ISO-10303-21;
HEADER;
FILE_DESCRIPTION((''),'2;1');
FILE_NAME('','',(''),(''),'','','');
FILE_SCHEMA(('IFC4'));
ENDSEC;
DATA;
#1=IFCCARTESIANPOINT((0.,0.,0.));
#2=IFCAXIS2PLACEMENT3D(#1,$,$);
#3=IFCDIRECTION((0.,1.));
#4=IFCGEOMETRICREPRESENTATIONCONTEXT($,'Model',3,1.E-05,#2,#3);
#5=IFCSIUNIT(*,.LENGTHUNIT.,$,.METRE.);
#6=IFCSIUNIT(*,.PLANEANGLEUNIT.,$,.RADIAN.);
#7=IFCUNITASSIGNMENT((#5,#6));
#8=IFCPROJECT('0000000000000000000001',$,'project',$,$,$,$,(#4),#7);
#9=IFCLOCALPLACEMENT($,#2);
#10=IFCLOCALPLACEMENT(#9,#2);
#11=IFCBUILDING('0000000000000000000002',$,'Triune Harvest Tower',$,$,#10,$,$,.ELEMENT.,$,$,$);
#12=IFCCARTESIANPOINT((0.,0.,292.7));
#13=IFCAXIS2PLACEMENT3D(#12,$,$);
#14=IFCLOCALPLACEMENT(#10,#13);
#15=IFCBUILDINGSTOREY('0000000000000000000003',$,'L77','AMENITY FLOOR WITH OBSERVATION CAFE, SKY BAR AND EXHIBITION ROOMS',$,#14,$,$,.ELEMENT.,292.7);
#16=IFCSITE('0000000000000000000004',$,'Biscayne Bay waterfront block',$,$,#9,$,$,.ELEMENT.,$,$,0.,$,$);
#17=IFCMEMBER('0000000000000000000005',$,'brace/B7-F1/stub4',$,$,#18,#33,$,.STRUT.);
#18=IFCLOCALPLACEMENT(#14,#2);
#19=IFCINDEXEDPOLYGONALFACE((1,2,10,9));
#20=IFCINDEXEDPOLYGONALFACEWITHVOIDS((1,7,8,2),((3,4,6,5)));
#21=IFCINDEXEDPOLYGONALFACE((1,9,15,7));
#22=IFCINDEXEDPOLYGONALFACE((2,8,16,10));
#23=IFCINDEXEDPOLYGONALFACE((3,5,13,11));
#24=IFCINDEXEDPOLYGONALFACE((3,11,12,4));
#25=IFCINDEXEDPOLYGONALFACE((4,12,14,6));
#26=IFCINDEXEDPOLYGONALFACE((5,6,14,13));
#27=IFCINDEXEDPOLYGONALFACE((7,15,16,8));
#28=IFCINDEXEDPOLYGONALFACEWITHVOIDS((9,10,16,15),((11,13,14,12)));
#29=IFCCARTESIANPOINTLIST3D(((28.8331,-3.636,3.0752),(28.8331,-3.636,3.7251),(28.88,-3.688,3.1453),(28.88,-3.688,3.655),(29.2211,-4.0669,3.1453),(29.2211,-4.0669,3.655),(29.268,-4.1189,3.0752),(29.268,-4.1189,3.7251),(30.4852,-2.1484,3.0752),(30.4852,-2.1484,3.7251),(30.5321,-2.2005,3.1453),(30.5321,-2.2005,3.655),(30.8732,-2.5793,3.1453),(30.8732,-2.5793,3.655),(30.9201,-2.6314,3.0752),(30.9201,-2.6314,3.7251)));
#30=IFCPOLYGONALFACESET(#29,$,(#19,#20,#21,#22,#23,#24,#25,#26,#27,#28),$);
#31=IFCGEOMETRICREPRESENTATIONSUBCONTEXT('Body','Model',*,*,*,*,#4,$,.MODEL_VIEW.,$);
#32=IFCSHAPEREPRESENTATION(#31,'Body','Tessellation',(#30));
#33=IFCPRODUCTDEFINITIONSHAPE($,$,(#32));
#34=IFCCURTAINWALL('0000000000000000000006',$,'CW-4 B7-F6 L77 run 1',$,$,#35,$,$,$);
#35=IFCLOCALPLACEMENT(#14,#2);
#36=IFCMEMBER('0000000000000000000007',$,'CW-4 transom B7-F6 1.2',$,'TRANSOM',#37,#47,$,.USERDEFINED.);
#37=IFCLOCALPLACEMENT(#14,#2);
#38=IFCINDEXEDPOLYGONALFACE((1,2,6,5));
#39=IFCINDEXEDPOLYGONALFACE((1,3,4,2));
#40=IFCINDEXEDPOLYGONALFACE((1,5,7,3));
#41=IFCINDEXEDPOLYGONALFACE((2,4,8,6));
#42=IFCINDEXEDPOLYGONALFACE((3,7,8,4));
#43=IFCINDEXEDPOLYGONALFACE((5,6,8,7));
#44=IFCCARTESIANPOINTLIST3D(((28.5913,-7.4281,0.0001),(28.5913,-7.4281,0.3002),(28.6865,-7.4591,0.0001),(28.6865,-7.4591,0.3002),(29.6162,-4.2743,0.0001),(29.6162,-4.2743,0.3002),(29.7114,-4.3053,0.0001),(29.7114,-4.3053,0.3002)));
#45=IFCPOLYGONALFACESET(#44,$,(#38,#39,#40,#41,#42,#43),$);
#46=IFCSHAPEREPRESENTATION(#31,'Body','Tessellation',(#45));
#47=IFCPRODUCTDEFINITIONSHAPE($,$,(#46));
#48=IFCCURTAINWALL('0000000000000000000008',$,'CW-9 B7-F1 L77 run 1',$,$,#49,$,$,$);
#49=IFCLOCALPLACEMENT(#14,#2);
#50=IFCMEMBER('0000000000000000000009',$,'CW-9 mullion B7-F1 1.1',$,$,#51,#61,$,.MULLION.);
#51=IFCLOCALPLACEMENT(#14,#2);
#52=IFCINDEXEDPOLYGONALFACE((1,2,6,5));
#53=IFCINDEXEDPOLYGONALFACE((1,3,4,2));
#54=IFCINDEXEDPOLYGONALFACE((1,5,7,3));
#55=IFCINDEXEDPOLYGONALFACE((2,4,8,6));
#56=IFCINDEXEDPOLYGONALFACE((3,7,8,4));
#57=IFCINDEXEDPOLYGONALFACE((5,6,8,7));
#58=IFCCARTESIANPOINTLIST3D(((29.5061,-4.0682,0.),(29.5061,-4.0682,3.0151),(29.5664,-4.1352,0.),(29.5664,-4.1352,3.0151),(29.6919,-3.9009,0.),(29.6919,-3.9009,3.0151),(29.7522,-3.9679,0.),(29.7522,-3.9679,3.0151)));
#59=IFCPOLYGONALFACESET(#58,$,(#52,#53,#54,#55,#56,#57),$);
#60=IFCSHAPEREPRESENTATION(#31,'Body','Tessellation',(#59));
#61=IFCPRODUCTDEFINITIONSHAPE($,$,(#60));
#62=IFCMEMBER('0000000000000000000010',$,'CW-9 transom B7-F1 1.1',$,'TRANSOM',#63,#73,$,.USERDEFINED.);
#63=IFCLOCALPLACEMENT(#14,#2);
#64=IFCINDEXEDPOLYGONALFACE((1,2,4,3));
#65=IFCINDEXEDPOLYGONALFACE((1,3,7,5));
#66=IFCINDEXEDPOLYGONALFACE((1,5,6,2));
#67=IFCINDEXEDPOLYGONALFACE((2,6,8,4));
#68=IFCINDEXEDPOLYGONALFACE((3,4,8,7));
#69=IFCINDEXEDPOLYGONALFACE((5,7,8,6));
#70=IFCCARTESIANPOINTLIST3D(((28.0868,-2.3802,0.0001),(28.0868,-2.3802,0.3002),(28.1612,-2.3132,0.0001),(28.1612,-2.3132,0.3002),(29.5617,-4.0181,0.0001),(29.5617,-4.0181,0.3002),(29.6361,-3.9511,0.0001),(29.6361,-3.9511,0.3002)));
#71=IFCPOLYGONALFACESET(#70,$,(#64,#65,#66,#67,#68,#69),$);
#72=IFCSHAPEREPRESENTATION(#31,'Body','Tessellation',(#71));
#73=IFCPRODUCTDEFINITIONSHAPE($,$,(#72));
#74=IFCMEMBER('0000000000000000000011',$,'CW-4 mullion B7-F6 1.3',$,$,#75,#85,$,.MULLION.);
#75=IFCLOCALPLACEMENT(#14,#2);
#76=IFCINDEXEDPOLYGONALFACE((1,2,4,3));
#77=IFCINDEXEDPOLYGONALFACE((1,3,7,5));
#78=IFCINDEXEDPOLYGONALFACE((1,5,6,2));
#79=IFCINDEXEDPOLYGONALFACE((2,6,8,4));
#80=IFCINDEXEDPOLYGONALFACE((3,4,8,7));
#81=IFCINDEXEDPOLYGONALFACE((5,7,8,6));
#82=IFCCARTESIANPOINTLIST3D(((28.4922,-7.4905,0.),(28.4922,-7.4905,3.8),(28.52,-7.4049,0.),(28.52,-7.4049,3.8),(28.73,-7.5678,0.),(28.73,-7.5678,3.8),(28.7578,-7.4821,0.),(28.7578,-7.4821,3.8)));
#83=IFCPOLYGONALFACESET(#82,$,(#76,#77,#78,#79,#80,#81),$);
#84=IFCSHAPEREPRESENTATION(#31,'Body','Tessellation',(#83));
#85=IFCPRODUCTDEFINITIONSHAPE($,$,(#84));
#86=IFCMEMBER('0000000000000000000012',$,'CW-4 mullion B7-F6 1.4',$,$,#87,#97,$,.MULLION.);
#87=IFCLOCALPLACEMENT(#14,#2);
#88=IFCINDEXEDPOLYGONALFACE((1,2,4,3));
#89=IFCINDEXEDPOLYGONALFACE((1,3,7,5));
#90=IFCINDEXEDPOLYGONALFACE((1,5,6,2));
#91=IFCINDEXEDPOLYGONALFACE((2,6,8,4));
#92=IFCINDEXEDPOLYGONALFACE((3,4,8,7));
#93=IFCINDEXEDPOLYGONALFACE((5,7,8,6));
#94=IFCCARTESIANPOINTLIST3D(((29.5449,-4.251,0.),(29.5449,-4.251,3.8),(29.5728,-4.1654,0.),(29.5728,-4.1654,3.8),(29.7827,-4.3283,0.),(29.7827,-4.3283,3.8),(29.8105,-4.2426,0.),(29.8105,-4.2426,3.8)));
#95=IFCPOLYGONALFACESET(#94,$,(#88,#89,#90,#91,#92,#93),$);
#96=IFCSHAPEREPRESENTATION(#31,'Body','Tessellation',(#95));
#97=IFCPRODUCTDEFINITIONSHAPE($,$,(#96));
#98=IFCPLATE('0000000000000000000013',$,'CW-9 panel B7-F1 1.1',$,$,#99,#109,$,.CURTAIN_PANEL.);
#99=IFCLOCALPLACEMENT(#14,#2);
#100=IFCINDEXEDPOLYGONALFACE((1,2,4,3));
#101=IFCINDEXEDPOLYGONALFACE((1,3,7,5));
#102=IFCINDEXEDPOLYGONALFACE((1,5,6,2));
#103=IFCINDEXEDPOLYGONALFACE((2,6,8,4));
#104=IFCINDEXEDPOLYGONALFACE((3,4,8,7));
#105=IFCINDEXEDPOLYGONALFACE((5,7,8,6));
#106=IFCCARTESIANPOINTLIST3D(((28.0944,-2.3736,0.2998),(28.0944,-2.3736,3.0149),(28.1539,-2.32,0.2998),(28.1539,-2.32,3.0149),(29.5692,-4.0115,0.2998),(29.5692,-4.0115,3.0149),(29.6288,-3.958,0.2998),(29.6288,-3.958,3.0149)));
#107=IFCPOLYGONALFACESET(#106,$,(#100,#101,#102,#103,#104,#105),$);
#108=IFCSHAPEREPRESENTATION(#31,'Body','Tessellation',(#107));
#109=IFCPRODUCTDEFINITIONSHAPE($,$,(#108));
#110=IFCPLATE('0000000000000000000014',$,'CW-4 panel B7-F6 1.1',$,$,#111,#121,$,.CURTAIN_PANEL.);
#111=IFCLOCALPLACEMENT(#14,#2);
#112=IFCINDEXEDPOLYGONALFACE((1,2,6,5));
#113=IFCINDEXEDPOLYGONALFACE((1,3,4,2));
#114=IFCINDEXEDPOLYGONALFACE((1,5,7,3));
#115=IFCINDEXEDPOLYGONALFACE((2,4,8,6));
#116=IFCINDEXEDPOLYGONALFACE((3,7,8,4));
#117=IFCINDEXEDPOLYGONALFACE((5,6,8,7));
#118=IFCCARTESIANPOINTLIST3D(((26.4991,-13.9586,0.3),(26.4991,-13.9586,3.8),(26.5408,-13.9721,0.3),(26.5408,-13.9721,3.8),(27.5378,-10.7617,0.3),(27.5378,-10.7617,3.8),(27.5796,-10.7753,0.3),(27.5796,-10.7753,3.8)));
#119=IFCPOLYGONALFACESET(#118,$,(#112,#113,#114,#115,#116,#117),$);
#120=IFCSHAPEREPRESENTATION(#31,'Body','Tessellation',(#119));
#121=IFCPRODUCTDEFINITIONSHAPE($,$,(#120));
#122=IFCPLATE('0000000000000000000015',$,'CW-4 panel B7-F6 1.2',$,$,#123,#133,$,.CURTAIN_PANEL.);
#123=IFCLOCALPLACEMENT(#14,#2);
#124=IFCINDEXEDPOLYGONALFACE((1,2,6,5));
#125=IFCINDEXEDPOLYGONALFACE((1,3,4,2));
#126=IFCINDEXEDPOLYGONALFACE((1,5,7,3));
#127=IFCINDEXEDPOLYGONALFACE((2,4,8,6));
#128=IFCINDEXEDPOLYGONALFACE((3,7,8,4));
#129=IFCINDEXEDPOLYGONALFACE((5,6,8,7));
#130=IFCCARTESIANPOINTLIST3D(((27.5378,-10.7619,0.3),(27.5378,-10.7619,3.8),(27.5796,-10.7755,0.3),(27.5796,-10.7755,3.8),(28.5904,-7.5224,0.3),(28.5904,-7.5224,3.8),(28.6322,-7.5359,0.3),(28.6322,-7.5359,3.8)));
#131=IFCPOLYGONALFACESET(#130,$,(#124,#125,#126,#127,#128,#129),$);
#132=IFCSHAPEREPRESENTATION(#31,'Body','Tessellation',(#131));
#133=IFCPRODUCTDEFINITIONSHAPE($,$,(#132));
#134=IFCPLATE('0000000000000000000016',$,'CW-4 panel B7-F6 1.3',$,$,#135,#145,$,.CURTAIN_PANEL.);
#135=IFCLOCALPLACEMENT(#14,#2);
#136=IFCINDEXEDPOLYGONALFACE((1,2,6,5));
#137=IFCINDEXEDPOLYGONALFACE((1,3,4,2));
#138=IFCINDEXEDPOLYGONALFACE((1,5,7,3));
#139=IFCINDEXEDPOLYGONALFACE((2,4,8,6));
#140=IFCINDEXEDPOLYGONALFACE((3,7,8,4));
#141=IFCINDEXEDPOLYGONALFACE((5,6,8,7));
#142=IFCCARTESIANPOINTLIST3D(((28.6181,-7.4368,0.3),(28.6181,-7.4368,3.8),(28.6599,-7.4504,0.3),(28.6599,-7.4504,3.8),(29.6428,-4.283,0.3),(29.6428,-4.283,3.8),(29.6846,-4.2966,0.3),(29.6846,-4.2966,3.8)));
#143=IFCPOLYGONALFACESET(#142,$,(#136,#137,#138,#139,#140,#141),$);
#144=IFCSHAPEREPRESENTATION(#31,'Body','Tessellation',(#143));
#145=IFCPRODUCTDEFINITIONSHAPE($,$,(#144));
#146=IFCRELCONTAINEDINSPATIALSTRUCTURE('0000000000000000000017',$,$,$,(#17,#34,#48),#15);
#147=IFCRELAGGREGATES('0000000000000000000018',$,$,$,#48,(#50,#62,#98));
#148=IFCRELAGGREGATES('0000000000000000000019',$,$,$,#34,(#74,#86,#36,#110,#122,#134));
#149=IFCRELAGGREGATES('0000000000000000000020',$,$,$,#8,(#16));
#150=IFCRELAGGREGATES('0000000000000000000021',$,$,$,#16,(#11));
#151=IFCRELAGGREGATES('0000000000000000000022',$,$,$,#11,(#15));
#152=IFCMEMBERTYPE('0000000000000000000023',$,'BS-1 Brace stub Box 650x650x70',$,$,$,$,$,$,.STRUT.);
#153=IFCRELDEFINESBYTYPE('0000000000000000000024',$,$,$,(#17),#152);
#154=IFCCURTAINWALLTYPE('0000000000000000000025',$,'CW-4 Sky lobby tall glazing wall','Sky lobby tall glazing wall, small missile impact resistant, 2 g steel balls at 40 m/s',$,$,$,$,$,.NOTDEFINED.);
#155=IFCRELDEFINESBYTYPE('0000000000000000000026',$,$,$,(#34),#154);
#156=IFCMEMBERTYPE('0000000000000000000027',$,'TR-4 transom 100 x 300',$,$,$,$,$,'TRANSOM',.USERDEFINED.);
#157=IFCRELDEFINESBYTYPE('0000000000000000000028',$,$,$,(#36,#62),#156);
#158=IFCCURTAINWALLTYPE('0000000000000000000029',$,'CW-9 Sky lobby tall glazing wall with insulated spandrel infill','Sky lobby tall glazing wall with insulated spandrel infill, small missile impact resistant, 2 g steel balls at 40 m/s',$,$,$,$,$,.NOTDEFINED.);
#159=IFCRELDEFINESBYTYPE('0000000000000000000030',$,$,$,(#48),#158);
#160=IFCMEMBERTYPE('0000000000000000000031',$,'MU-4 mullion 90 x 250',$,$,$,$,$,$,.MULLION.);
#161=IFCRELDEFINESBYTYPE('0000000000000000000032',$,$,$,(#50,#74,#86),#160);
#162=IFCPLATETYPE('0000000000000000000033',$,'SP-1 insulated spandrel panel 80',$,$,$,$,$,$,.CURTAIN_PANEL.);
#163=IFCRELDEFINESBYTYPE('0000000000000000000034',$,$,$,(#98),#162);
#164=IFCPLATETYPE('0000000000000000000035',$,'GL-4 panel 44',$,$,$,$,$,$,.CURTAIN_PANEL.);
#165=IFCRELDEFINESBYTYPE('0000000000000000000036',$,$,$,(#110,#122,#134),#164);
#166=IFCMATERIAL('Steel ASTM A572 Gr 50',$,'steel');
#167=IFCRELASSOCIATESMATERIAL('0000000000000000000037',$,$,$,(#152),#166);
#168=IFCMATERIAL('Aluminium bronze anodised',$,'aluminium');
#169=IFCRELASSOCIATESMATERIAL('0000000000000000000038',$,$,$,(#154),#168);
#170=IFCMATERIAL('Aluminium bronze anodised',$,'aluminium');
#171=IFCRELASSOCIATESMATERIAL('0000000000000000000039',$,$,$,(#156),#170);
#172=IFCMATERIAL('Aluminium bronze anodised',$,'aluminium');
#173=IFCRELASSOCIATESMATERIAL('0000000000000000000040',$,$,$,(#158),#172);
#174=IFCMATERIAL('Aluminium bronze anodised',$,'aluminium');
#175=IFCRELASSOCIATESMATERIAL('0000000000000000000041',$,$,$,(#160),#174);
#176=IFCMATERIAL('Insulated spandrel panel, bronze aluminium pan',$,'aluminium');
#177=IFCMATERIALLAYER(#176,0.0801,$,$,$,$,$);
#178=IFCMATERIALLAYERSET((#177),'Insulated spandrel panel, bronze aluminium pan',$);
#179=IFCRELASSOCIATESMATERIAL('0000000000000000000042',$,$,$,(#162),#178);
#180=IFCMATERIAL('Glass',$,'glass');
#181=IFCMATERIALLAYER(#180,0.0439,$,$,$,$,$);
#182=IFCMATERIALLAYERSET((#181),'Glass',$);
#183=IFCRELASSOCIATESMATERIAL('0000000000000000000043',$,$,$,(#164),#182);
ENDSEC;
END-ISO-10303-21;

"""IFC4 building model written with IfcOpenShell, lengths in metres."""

from ifc_helpers import new_model, si_unit, direction, frame, origin, origin_2d, place, context, subcontext, project, spatial, rectangle, hollow_rectangle, extrude, source, transform, mapped, material, layer, layer_set, material_profile, profile_set, type_object, element, aggregate, save


model = new_model("IFC4")

# Units and contexts
model_context = context("Model", 3, precision=1e-05, world=origin(), true_north=direction((0.0, 1.0)))
body_context = subcontext(model_context, "Body", "Model", "MODEL_VIEW")
ifc_project = project(units=[si_unit("LENGTHUNIT", "METRE"), si_unit("PLANEANGLEUNIT", "RADIAN")], contexts=[model_context])

# Site, building, storey
site_placement = place(None, origin())
site = spatial("IfcSite", under=ifc_project, at=site_placement, Name="Biscayne Bay waterfront block", CompositionType="ELEMENT", RefElevation=0.0)
building_placement = place(site_placement, origin())
building = spatial("IfcBuilding", under=site, at=building_placement, Name="Triune Harvest Tower", CompositionType="ELEMENT")
storey_placement = place(building_placement, frame((0.0, 0.0, 292.7)))
storey = spatial("IfcBuildingStorey", under=building, at=storey_placement, Name="L77", Description="AMENITY FLOOR WITH OBSERVATION CAFE, SKY BAR AND EXHIBITION ROOMS", CompositionType="ELEMENT", Elevation=292.7)

# Member
ifc_material_1 = material(Name="Steel ASTM A572 Gr 50", Category="steel")
ifc_material_profile_1 = material_profile(ifc_material_1, hollow_rectangle(XDim=0.6499, YDim=0.6499, WallThickness=0.0701, at=origin_2d()), Name="Box 650x650x70")
ifc_profile_set_1 = profile_set([ifc_material_profile_1], Name="Steel ASTM A572 Gr 50")
member_type_1 = type_object("IfcMemberType", Name="BS-1 Brace stub Box 650x650x70", PredefinedType="STRUT", material=ifc_profile_set_1)
shared_shape_1 = source(origin(), body_context, "Body", "SweptSolid", [
    extrude(hollow_rectangle(XDim=0.6499, YDim=0.6499, WallThickness=0.0701, at=origin_2d()), origin(), (0.0, 0.0, 1.0), 2.2231),
])
member_1_placement = place(storey_placement, frame((29.0505, -3.8774, 3.4001), z_axis=(0.743147, 0.669129, 0.0), x_axis=(-0.669129, 0.743147, 0.0)))
element("IfcMember", 1, at=member_1_placement, inside=storey, type_object=member_type_1, Name="brace/B7-F1/stub4", PredefinedType="STRUT", context=body_context, shape_type="MappedRepresentation", body=[
    mapped(shared_shape_1, transform((0.0, 0.0, 0.0), scale=1.0)),
])

# Curtain wall, member
ifc_material_2 = material(Name="Aluminium bronze anodised", Category="aluminium")
curtain_wall_type_1 = type_object("IfcCurtainWallType", Name="CW-4 Sky lobby tall glazing wall", Description="Sky lobby tall glazing wall, small missile impact resistant, 2 g steel balls at 40 m/s", PredefinedType="NOTDEFINED", material=ifc_material_2)
curtain_wall_1_placement = place(storey_placement, origin())
curtain_wall_1 = element("IfcCurtainWall", 2, at=curtain_wall_1_placement, inside=storey, type_object=curtain_wall_type_1, Name="CW-4 B7-F6 L77 run 1")
ifc_material_3 = material(Name="Aluminium bronze anodised", Category="aluminium")
ifc_material_profile_2 = material_profile(ifc_material_3, rectangle(XDim=0.1001, YDim=0.3, at=origin_2d()), Name="TR-4 transom 100 x 300")
ifc_profile_set_2 = profile_set([ifc_material_profile_2], Name="Aluminium bronze anodised")
member_type_2 = type_object("IfcMemberType", Name="TR-4 transom 100 x 300", ElementType="TRANSOM", PredefinedType="USERDEFINED", material=ifc_profile_set_2)
shared_shape_2 = source(origin(), body_context, "Body", "SweptSolid", [
    extrude(rectangle(XDim=0.1001, YDim=0.3, at=origin_2d()), origin(), (0.0, 0.0, 1.0), 3.3162),
])
member_2_placement = place(storey_placement, frame((28.6389, -7.4436, 0.1501), z_axis=(0.309063, 0.951042, 0.0), x_axis=(-0.951042, 0.309063, 0.0)))
member_2 = element("IfcMember", 3, at=member_2_placement, type_object=member_type_2, Name="CW-4 transom B7-F6 1.2", ObjectType="TRANSOM", PredefinedType="USERDEFINED", context=body_context, shape_type="MappedRepresentation", body=[
    mapped(shared_shape_2, transform((0.0, 0.0, 0.0), scale=1.0)),
])

# Curtain wall, members
ifc_material_4 = material(Name="Aluminium bronze anodised", Category="aluminium")
curtain_wall_type_2 = type_object("IfcCurtainWallType", Name="CW-9 Sky lobby tall glazing wall with insulated spandrel infill", Description="Sky lobby tall glazing wall with insulated spandrel infill, small missile impact resistant, 2 g steel balls at 40 m/s", PredefinedType="NOTDEFINED", material=ifc_material_4)
curtain_wall_2_placement = place(storey_placement, origin())
curtain_wall_2 = element("IfcCurtainWall", 4, at=curtain_wall_2_placement, inside=storey, type_object=curtain_wall_type_2, Name="CW-9 B7-F1 L77 run 1")
ifc_material_5 = material(Name="Aluminium bronze anodised", Category="aluminium")
ifc_material_profile_3 = material_profile(ifc_material_5, rectangle(XDim=0.25, YDim=0.0901, at=origin_2d()), Name="MU-4 mullion 90 x 250")
ifc_profile_set_3 = profile_set([ifc_material_profile_3], Name="Aluminium bronze anodised")
member_type_3 = type_object("IfcMemberType", Name="MU-4 mullion 90 x 250", PredefinedType="MULLION", material=ifc_profile_set_3)
shared_shape_3 = source(origin(), body_context, "Body", "SweptSolid", [
    extrude(rectangle(XDim=0.25, YDim=0.0901, at=origin_2d()), origin(), (0.0, 0.0, 1.0), 3.0151),
])
member_3_placement = place(storey_placement, frame((29.6292, -4.0181, 0.0), z_axis=(0.0, 0.0, 1.0), x_axis=(-0.743134, -0.669143, 0.0)))
member_3 = element("IfcMember", 5, at=member_3_placement, type_object=member_type_3, Name="CW-9 mullion B7-F1 1.1", PredefinedType="MULLION", context=body_context, shape_type="MappedRepresentation", body=[
    mapped(shared_shape_3, transform((0.0, 0.0, 0.0), scale=1.0)),
])
shared_shape_4 = source(origin(), body_context, "Body", "SweptSolid", [
    extrude(rectangle(XDim=0.1001, YDim=0.3, at=origin_2d()), origin(), (0.0, 0.0, 1.0), 2.2041),
])
member_4_placement = place(storey_placement, frame((29.5989, -3.9846, 0.1501), z_axis=(-0.669142, 0.743134, 0.0), x_axis=(-0.743134, -0.669142, 0.0)))
member_4 = element("IfcMember", 6, at=member_4_placement, type_object=member_type_2, Name="CW-9 transom B7-F1 1.1", ObjectType="TRANSOM", PredefinedType="USERDEFINED", context=body_context, shape_type="MappedRepresentation", body=[
    mapped(shared_shape_4, transform((0.0, 0.0, 0.0), scale=1.0)),
])

# Members
shared_shape_5 = source(origin(), body_context, "Body", "SweptSolid", [
    extrude(rectangle(XDim=0.25, YDim=0.0901, at=origin_2d()), origin(), (0.0, 0.0, 1.0), 3.8),
])
member_5_placement = place(storey_placement, frame((28.625, -7.4863, 0.0), z_axis=(0.0, 0.0, 1.0), x_axis=(-0.951056, 0.309019, 0.0)))
member_5 = element("IfcMember", 7, at=member_5_placement, type_object=member_type_3, Name="CW-4 mullion B7-F6 1.3", PredefinedType="MULLION", context=body_context, shape_type="MappedRepresentation", body=[
    mapped(shared_shape_5, transform((0.0, 0.0, 0.0), scale=1.0)),
])
member_6_placement = place(storey_placement, frame((29.6777, -4.2468, 0.0), z_axis=(0.0, 0.0, 1.0), x_axis=(-0.951056, 0.309019, 0.0)))
member_6 = element("IfcMember", 8, at=member_6_placement, type_object=member_type_3, Name="CW-4 mullion B7-F6 1.4", PredefinedType="MULLION", context=body_context, shape_type="MappedRepresentation", body=[
    mapped(shared_shape_5, transform((0.0, 0.0, 0.0), scale=1.0)),
])

# Plates
ifc_material_6 = material(Name="Insulated spandrel panel, bronze aluminium pan", Category="aluminium")
ifc_layer_1 = layer(ifc_material_6, 0.0801)
ifc_layer_set_1 = layer_set([ifc_layer_1], Name="Insulated spandrel panel, bronze aluminium pan")
plate_type_1 = type_object("IfcPlateType", Name="SP-1 insulated spandrel panel 80", PredefinedType="CURTAIN_PANEL", material=ifc_layer_set_1)
shared_shape_6 = source(origin(), body_context, "Body", "SweptSolid", [
    extrude(rectangle(XDim=2.2041, YDim=0.0801, at=origin_2d()), origin(), (0.0, 0.0, 1.0), 2.7151),
])
plate_1_placement = place(storey_placement, frame((28.8616, -3.1658, 0.2998), z_axis=(0.0, 0.0, 1.0), x_axis=(-0.669143, 0.743134, 0.0)))
plate_1 = element("IfcPlate", 9, at=plate_1_placement, type_object=plate_type_1, Name="CW-9 panel B7-F1 1.1", PredefinedType="CURTAIN_PANEL", context=body_context, shape_type="MappedRepresentation", body=[
    mapped(shared_shape_6, transform((0.0, 0.0, 0.0), scale=1.0)),
])
aggregate(curtain_wall_2, [member_3, member_4, plate_1])
ifc_material_7 = material(Name="Glass", Category="glass")
ifc_layer_2 = layer(ifc_material_7, 0.0439)
ifc_layer_set_2 = layer_set([ifc_layer_2], Name="Glass")
plate_type_2 = type_object("IfcPlateType", Name="GL-4 panel 44", PredefinedType="CURTAIN_PANEL", material=ifc_layer_set_2)
shared_shape_7 = source(origin(), body_context, "Body", "SweptSolid", [
    extrude(rectangle(XDim=3.3613, YDim=0.0439, at=origin_2d()), origin(), (0.0, 0.0, 1.0), 3.5),
])
plate_2_placement = place(storey_placement, frame((27.0393, -12.3669, 0.3), z_axis=(0.0, 0.0, 1.0), x_axis=(0.309019, 0.951056, 0.0)))
plate_2 = element("IfcPlate", 10, at=plate_2_placement, type_object=plate_type_2, Name="CW-4 panel B7-F6 1.1", PredefinedType="CURTAIN_PANEL", context=body_context, shape_type="MappedRepresentation", body=[
    mapped(shared_shape_7, transform((0.0, 0.0, 0.0), scale=1.0)),
])
shared_shape_8 = source(origin(), body_context, "Body", "SweptSolid", [
    extrude(rectangle(XDim=3.4062, YDim=0.0439, at=origin_2d()), origin(), (0.0, 0.0, 1.0), 3.5),
])
plate_3_placement = place(storey_placement, frame((28.085, -9.1489, 0.3), z_axis=(0.0, 0.0, 1.0), x_axis=(0.309019, 0.951056, 0.0)))
plate_3 = element("IfcPlate", 11, at=plate_3_placement, type_object=plate_type_2, Name="CW-4 panel B7-F6 1.2", PredefinedType="CURTAIN_PANEL", context=body_context, shape_type="MappedRepresentation", body=[
    mapped(shared_shape_8, transform((0.0, 0.0, 0.0), scale=1.0)),
])
shared_shape_9 = source(origin(), body_context, "Body", "SweptSolid", [
    extrude(rectangle(XDim=3.3162, YDim=0.0439, at=origin_2d()), origin(), (0.0, 0.0, 1.0), 3.5),
])
plate_4_placement = place(storey_placement, frame((29.1514, -5.8667, 0.3), z_axis=(0.0, 0.0, 1.0), x_axis=(0.309019, 0.951056, 0.0)))
plate_4 = element("IfcPlate", 12, at=plate_4_placement, type_object=plate_type_2, Name="CW-4 panel B7-F6 1.3", PredefinedType="CURTAIN_PANEL", context=body_context, shape_type="MappedRepresentation", body=[
    mapped(shared_shape_9, transform((0.0, 0.0, 0.0), scale=1.0)),
])
aggregate(curtain_wall_1, [member_5, member_6, member_2, plate_2, plate_3, plate_4])

save(model, "model.ifc")
